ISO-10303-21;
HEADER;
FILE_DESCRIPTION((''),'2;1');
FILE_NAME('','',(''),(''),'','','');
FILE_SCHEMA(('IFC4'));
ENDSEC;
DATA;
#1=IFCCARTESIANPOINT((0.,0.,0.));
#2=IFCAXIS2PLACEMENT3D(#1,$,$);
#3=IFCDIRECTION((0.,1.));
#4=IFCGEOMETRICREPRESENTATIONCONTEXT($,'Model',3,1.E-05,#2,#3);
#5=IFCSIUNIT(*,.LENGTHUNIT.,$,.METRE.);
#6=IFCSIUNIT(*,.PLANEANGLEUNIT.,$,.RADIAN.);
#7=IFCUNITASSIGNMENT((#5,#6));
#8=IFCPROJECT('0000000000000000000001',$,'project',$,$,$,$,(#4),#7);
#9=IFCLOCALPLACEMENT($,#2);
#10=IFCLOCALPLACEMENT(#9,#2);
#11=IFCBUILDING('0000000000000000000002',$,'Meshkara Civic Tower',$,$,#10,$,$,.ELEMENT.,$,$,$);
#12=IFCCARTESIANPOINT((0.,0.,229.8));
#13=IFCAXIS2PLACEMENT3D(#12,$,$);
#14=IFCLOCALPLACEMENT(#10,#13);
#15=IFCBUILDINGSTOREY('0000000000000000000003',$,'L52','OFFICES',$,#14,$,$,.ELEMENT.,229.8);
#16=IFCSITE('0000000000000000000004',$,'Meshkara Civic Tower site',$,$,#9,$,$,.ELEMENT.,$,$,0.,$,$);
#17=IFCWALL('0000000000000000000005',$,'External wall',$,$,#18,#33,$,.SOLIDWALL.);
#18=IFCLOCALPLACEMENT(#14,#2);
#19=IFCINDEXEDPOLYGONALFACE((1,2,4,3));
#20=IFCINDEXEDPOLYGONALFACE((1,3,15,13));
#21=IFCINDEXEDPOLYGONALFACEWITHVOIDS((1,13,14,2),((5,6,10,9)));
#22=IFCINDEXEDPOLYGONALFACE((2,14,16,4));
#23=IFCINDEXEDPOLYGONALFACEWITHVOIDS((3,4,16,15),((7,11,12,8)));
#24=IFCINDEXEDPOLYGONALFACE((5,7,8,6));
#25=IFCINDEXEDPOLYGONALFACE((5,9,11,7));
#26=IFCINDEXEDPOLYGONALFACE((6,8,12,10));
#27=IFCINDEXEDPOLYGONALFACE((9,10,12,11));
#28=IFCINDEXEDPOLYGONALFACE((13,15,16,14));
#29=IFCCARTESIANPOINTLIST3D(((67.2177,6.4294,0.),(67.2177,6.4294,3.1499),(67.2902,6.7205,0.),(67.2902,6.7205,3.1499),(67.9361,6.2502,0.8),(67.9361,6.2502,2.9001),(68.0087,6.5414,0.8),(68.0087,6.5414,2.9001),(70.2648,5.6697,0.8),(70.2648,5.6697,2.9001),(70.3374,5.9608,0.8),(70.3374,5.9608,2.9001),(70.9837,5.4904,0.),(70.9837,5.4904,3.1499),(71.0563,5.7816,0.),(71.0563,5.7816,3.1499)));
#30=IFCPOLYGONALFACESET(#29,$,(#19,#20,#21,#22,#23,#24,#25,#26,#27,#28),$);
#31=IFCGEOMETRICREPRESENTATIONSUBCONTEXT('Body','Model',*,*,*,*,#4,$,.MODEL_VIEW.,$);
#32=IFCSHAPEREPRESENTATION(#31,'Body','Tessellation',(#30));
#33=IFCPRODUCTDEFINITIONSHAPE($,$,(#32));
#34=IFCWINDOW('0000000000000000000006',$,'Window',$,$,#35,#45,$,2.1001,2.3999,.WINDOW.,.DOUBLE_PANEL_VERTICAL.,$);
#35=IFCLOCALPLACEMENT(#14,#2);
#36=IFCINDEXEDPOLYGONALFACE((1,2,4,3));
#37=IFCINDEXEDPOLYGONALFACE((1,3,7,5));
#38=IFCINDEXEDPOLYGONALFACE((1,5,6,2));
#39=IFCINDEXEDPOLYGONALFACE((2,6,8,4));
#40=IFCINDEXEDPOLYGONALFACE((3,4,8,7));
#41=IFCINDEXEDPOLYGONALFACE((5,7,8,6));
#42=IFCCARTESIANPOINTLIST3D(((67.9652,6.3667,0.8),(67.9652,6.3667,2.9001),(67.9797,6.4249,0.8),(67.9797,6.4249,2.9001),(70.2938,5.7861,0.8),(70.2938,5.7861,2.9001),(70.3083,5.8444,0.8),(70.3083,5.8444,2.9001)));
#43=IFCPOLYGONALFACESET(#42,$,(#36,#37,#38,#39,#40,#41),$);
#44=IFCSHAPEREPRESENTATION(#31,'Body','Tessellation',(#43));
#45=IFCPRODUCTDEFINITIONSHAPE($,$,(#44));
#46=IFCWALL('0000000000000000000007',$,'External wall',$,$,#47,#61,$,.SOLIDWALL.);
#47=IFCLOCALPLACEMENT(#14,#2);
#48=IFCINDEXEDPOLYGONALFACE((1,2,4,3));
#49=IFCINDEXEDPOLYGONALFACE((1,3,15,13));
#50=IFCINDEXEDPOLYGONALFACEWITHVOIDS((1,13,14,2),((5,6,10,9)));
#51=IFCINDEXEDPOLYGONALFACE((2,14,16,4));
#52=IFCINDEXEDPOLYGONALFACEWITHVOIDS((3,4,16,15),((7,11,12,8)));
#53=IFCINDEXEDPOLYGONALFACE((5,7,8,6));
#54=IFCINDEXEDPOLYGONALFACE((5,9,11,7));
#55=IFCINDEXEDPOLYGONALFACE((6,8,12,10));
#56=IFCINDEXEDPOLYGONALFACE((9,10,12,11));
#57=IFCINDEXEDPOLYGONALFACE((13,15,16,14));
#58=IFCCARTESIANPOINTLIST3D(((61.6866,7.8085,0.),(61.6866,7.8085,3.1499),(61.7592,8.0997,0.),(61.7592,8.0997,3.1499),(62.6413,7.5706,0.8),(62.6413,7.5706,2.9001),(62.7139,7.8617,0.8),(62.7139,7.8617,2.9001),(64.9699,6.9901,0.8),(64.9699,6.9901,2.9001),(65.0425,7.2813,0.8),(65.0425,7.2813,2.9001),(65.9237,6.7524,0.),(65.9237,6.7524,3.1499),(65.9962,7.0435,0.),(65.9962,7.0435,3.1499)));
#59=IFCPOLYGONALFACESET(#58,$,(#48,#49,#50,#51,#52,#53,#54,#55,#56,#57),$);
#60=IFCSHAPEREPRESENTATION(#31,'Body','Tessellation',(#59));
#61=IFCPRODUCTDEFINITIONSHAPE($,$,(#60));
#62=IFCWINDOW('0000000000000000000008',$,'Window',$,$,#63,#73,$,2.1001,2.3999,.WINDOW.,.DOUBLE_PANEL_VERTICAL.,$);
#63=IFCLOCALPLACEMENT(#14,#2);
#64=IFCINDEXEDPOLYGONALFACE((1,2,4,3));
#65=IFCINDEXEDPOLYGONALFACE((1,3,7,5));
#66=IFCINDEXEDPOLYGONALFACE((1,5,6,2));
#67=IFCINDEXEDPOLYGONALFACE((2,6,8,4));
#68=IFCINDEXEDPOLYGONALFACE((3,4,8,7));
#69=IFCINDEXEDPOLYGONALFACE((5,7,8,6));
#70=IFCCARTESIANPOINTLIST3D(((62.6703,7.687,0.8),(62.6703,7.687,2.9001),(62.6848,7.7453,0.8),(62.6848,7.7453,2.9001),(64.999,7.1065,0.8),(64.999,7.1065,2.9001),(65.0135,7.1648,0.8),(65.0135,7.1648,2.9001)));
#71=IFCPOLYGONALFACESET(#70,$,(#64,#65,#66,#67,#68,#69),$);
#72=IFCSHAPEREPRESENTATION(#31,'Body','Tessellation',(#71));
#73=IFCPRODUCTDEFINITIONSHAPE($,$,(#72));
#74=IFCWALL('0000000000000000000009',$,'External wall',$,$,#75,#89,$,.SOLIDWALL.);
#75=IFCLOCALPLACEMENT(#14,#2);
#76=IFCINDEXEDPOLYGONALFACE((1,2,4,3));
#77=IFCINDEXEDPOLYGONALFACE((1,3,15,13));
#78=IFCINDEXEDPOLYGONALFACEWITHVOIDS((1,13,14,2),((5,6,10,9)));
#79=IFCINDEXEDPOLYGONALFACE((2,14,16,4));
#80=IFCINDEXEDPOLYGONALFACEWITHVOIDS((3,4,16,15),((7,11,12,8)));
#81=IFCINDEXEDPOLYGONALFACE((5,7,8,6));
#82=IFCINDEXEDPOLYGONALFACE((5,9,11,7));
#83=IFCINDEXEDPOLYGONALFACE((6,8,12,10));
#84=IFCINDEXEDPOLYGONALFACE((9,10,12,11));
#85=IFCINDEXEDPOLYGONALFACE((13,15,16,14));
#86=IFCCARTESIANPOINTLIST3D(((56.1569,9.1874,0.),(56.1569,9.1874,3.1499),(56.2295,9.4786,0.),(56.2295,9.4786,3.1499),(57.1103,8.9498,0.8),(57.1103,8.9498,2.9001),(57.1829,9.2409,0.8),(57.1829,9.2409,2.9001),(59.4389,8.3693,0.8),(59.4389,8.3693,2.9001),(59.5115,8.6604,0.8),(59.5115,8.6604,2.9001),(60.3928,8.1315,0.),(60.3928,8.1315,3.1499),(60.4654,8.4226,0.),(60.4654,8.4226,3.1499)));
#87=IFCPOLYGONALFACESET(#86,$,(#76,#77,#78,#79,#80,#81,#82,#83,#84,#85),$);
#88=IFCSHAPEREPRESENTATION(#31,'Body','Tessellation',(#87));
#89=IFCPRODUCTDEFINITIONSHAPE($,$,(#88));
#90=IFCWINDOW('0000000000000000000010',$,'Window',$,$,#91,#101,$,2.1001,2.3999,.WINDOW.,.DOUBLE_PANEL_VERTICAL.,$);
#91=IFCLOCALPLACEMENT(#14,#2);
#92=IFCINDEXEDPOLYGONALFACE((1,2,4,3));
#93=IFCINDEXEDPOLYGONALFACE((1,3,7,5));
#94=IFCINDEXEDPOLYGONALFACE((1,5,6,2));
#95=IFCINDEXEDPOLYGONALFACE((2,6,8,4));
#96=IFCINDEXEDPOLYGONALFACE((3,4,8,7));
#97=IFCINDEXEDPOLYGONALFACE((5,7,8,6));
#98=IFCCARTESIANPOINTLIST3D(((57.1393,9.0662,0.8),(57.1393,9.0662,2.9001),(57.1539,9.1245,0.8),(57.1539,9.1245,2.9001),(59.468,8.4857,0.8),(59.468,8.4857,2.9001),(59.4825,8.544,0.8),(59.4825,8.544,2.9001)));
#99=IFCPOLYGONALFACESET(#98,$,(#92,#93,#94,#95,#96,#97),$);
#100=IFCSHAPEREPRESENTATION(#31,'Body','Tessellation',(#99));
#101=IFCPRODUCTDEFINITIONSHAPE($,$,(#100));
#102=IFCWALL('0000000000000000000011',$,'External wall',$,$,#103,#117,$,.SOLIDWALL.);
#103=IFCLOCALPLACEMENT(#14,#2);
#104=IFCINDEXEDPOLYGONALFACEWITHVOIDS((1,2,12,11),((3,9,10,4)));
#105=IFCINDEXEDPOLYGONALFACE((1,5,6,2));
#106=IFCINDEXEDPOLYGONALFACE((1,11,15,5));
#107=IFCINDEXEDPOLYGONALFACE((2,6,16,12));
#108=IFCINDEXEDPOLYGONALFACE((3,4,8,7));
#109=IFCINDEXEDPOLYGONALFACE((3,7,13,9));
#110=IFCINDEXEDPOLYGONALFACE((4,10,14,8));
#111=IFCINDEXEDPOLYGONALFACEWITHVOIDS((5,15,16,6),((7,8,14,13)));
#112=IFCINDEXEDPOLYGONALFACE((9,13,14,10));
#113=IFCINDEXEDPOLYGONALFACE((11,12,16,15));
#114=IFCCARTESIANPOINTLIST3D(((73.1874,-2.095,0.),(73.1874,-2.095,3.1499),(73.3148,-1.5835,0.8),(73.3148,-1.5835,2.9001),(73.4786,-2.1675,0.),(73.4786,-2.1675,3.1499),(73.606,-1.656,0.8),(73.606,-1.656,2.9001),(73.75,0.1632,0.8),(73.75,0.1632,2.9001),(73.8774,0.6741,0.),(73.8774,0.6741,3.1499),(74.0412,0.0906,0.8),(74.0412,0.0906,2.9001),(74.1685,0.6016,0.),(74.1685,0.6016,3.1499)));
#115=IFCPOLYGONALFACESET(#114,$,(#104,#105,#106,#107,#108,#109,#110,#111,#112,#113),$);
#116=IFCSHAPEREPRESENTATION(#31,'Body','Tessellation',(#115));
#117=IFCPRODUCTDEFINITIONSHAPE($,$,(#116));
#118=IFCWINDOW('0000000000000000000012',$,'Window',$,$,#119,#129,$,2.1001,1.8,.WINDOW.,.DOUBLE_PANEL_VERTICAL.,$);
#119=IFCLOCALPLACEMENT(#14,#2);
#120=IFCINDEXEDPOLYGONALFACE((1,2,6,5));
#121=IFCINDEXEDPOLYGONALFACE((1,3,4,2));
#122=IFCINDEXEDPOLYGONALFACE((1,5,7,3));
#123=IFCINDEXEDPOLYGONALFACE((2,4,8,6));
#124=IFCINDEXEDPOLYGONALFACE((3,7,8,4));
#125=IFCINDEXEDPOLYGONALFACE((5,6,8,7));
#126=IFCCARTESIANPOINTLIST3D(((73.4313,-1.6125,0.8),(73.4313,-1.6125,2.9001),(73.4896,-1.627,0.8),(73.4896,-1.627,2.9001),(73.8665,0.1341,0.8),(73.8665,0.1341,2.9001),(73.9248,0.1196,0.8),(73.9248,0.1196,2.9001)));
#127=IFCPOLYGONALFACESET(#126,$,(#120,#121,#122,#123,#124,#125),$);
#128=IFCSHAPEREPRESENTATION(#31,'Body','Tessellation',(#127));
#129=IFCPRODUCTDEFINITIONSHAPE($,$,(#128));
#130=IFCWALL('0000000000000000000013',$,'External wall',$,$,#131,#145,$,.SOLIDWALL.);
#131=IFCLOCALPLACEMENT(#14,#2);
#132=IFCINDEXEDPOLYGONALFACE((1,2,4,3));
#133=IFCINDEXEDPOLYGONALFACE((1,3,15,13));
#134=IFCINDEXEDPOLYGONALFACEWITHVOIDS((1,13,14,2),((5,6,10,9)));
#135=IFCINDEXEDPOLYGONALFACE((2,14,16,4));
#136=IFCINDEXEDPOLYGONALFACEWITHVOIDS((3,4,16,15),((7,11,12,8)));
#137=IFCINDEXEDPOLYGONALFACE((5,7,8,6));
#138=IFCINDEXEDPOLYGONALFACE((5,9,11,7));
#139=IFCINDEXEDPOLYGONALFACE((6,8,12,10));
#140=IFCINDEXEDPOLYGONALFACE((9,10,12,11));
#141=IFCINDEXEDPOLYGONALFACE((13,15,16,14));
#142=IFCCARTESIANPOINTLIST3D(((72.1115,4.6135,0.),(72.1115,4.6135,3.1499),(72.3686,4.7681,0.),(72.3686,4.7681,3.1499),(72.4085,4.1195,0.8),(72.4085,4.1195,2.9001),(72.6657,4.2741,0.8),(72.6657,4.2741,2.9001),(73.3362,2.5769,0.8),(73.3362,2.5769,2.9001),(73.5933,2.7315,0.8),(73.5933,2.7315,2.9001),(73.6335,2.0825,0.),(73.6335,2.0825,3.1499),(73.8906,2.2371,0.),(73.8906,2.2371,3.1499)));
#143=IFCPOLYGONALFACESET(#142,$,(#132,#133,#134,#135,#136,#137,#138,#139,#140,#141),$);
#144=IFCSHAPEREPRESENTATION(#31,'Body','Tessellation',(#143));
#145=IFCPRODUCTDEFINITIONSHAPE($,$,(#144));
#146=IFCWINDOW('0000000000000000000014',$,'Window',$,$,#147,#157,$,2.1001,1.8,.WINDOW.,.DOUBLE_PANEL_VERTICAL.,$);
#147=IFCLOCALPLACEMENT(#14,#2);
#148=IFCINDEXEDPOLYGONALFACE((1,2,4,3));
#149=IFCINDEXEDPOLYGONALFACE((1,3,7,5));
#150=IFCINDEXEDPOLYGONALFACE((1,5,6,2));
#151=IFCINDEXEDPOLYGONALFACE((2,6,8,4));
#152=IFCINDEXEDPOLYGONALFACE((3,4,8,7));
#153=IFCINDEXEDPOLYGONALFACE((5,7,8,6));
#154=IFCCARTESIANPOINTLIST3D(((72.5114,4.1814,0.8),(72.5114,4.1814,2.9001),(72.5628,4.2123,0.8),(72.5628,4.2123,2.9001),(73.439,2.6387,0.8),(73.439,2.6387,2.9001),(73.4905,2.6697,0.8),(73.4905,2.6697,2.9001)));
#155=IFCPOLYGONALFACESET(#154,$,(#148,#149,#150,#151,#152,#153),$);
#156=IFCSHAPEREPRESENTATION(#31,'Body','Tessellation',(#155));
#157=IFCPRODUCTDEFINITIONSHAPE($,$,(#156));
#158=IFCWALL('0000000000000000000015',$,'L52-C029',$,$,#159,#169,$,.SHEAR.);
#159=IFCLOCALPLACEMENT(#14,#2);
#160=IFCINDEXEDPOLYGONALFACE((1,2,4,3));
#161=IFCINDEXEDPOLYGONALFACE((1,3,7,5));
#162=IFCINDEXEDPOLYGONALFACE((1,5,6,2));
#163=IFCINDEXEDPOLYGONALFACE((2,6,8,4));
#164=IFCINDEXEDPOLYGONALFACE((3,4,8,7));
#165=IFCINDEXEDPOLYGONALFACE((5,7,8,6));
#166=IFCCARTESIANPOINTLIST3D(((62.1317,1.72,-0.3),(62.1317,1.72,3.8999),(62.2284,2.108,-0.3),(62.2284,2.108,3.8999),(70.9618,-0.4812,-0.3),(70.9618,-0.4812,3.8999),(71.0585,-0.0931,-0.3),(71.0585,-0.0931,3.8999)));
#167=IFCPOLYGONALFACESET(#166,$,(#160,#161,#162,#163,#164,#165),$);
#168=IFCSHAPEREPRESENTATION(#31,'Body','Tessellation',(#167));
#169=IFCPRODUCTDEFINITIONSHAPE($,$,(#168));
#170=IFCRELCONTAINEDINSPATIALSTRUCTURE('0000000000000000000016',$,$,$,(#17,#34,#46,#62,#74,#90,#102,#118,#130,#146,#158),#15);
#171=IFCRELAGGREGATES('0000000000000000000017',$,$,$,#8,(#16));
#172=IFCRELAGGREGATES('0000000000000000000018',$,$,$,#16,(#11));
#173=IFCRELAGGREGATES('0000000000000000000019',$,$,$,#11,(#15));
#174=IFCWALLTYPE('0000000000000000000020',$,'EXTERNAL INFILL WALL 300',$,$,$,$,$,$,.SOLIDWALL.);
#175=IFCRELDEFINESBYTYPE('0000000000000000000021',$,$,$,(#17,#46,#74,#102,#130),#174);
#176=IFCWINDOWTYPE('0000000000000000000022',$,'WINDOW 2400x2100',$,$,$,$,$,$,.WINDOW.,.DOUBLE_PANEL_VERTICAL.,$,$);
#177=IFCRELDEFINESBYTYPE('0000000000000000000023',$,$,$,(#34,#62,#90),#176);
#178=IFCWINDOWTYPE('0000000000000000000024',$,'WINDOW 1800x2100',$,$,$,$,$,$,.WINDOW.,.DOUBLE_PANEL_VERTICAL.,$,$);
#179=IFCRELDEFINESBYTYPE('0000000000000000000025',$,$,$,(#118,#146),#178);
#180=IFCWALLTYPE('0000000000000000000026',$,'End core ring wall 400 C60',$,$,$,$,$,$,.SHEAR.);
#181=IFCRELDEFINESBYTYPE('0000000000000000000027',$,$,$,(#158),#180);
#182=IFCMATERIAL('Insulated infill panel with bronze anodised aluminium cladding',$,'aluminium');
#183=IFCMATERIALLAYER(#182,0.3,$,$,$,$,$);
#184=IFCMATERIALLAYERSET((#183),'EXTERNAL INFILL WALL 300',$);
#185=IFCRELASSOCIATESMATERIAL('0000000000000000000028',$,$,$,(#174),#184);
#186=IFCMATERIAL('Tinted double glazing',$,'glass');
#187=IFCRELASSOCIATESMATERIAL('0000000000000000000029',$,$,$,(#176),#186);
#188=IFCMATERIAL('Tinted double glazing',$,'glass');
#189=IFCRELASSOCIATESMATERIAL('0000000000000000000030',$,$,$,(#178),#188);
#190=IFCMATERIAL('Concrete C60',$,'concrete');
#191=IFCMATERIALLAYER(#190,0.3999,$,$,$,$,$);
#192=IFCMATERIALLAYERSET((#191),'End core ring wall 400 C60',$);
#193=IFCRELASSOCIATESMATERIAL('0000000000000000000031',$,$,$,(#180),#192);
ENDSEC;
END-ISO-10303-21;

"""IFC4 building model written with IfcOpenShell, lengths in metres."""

from ifc_helpers import new_model, si_unit, direction, frame, frame_2d, origin, place, context, subcontext, project, spatial, rectangle, extrude, material, layer, layer_set, type_object, element, fill, save


model = new_model("IFC4")

# Units and contexts
model_context = context("Model", 3, precision=1e-05, world=origin(), true_north=direction((0.0, 1.0)))
body_context = subcontext(model_context, "Body", "Model", "MODEL_VIEW")
ifc_project = project(units=[si_unit("LENGTHUNIT", "METRE"), si_unit("PLANEANGLEUNIT", "RADIAN")], contexts=[model_context])

# Site, building, storey
site_placement = place(None, origin())
site = spatial("IfcSite", under=ifc_project, at=site_placement, Name="Meshkara Civic Tower site", CompositionType="ELEMENT", RefElevation=0.0)
building_placement = place(site_placement, origin())
building = spatial("IfcBuilding", under=site, at=building_placement, Name="Meshkara Civic Tower", CompositionType="ELEMENT")
storey_placement = place(building_placement, frame((0.0, 0.0, 229.8)))
storey = spatial("IfcBuildingStorey", under=building, at=storey_placement, Name="L52", Description="OFFICES", CompositionType="ELEMENT", Elevation=229.8)

# Walls, openings, windows
ifc_material_1 = material(Name="Insulated infill panel with bronze anodised aluminium cladding", Category="aluminium")
ifc_layer_1 = layer(ifc_material_1, 0.3)
ifc_layer_set_1 = layer_set([ifc_layer_1], Name="EXTERNAL INFILL WALL 300")
wall_type_1 = type_object("IfcWallType", Name="EXTERNAL INFILL WALL 300", PredefinedType="SOLIDWALL", material=ifc_layer_set_1)
wall_1_placement = place(storey_placement, frame((71.02, 5.636, 0.0), z_axis=(0.0, 0.0, 1.0), x_axis=(-0.970298, 0.241914, 0.0)))
wall_1 = element("IfcWall", 1, at=wall_1_placement, inside=storey, type_object=wall_type_1, Name="External wall", PredefinedType="SOLIDWALL", context=body_context, shape_type="SweptSolid", body=[
    extrude(rectangle(XDim=3.8813, YDim=0.3, at=frame_2d((1.9407, 0.0))), origin(), (0.0, 0.0, 1.0), 3.1499),
])
opening_1_placement = place(wall_1_placement, frame((0.741, 0.0, 0.8)))
opening_1 = element("IfcOpeningElement", 2, at=opening_1_placement, cuts=wall_1, PredefinedType="OPENING", context=body_context, shape_type="SweptSolid", body=[
    extrude(rectangle(XDim=2.3999, YDim=2.1001, at=frame_2d((1.2, 1.05))), frame((0.0, 0.1599, 0.0), z_axis=(0.0, -1.0, 0.0), x_axis=(1.0, 0.0, 0.0)), (0.0, 0.0, 1.0), 0.3201),
])
ifc_material_2 = material(Name="Tinted double glazing", Category="glass")
window_type_1 = type_object("IfcWindowType", Name="WINDOW 2400x2100", PartitioningType="DOUBLE_PANEL_VERTICAL", PredefinedType="WINDOW", material=ifc_material_2)
window_1_placement = place(opening_1_placement, origin())
window_1 = element("IfcWindow", 3, at=window_1_placement, inside=storey, type_object=window_type_1, Name="Window", OverallHeight=2.1001, OverallWidth=2.3999, PartitioningType="DOUBLE_PANEL_VERTICAL", PredefinedType="WINDOW", context=body_context, shape_type="SweptSolid", body=[
    extrude(rectangle(XDim=2.3999, YDim=2.1001, at=frame_2d((1.2, 1.05))), frame((0.0, 0.03, 0.0), z_axis=(0.0, -1.0, 0.0), x_axis=(1.0, 0.0, 0.0)), (0.0, 0.0, 1.0), 0.0601),
])
fill(opening_1, window_1)
wall_2_placement = place(storey_placement, frame((65.96, 6.8979, 0.0), z_axis=(0.0, 0.0, 1.0), x_axis=(-0.97031, 0.241865, 0.0)))
wall_2 = element("IfcWall", 4, at=wall_2_placement, inside=storey, type_object=wall_type_1, Name="External wall", PredefinedType="SOLIDWALL", context=body_context, shape_type="SweptSolid", body=[
    extrude(rectangle(XDim=4.3667, YDim=0.3, at=frame_2d((2.1833, 0.0))), origin(), (0.0, 0.0, 1.0), 3.1499),
])
opening_2_placement = place(wall_2_placement, frame((0.9829, 0.0, 0.8)))
opening_2 = element("IfcOpeningElement", 5, at=opening_2_placement, cuts=wall_2, PredefinedType="OPENING", context=body_context, shape_type="SweptSolid", body=[
    extrude(rectangle(XDim=2.3999, YDim=2.1001, at=frame_2d((1.2, 1.05))), frame((0.0, 0.1599, 0.0), z_axis=(0.0, -1.0, 0.0), x_axis=(1.0, 0.0, 0.0)), (0.0, 0.0, 1.0), 0.3201),
])
window_2_placement = place(opening_2_placement, origin())
window_2 = element("IfcWindow", 6, at=window_2_placement, inside=storey, type_object=window_type_1, Name="Window", OverallHeight=2.1001, OverallWidth=2.3999, PartitioningType="DOUBLE_PANEL_VERTICAL", PredefinedType="WINDOW", context=body_context, shape_type="SweptSolid", body=[
    extrude(rectangle(XDim=2.3999, YDim=2.1001, at=frame_2d((1.2, 1.05))), frame((0.0, 0.03, 0.0), z_axis=(0.0, -1.0, 0.0), x_axis=(1.0, 0.0, 0.0)), (0.0, 0.0, 1.0), 0.0601),
])
fill(opening_2, window_2)
wall_3_placement = place(storey_placement, frame((60.429, 8.2771, 0.0), z_axis=(0.0, 0.0, 1.0), x_axis=(-0.970307, 0.241878, 0.0)))
wall_3 = element("IfcWall", 7, at=wall_3_placement, inside=storey, type_object=wall_type_1, Name="External wall", PredefinedType="SOLIDWALL", context=body_context, shape_type="SweptSolid", body=[
    extrude(rectangle(XDim=4.3655, YDim=0.3, at=frame_2d((2.1826, 0.0))), origin(), (0.0, 0.0, 1.0), 3.1499),
])
opening_3_placement = place(wall_3_placement, frame((0.9829, 0.0, 0.8)))
opening_3 = element("IfcOpeningElement", 8, at=opening_3_placement, cuts=wall_3, PredefinedType="OPENING", context=body_context, shape_type="SweptSolid", body=[
    extrude(rectangle(XDim=2.3999, YDim=2.1001, at=frame_2d((1.2, 1.05))), frame((0.0, 0.1599, 0.0), z_axis=(0.0, -1.0, 0.0), x_axis=(1.0, 0.0, 0.0)), (0.0, 0.0, 1.0), 0.3201),
])
window_3_placement = place(opening_3_placement, origin())
window_3 = element("IfcWindow", 9, at=window_3_placement, inside=storey, type_object=window_type_1, Name="Window", OverallHeight=2.1001, OverallWidth=2.3999, PartitioningType="DOUBLE_PANEL_VERTICAL", PredefinedType="WINDOW", context=body_context, shape_type="SweptSolid", body=[
    extrude(rectangle(XDim=2.3999, YDim=2.1001, at=frame_2d((1.2, 1.05))), frame((0.0, 0.03, 0.0), z_axis=(0.0, -1.0, 0.0), x_axis=(1.0, 0.0, 0.0)), (0.0, 0.0, 1.0), 0.0601),
])
fill(opening_3, window_3)
wall_4_placement = place(storey_placement, frame((73.333, -2.1311, 0.0), z_axis=(0.0, 0.0, 1.0), x_axis=(0.241771, 0.970333, 0.0)))
wall_4 = element("IfcWall", 10, at=wall_4_placement, inside=storey, type_object=wall_type_1, Name="External wall", PredefinedType="SOLIDWALL", context=body_context, shape_type="SweptSolid", body=[
    extrude(rectangle(XDim=2.8538, YDim=0.3, at=frame_2d((1.4268, 0.0))), origin(), (0.0, 0.0, 1.0), 3.1499),
])
opening_4_placement = place(wall_4_placement, frame((0.5271, 0.0, 0.8)))
opening_4 = element("IfcOpeningElement", 11, at=opening_4_placement, cuts=wall_4, PredefinedType="OPENING", context=body_context, shape_type="SweptSolid", body=[
    extrude(rectangle(XDim=1.8, YDim=2.1001, at=frame_2d((0.8999, 1.05))), frame((0.0, 0.1599, 0.0), z_axis=(0.0, -1.0, 0.0), x_axis=(1.0, 0.0, 0.0)), (0.0, 0.0, 1.0), 0.3201),
])
ifc_material_3 = material(Name="Tinted double glazing", Category="glass")
window_type_2 = type_object("IfcWindowType", Name="WINDOW 1800x2100", PartitioningType="DOUBLE_PANEL_VERTICAL", PredefinedType="WINDOW", material=ifc_material_3)
window_4_placement = place(opening_4_placement, origin())
window_4 = element("IfcWindow", 12, at=window_4_placement, inside=storey, type_object=window_type_2, Name="Window", OverallHeight=2.1001, OverallWidth=1.8, PartitioningType="DOUBLE_PANEL_VERTICAL", PredefinedType="WINDOW", context=body_context, shape_type="SweptSolid", body=[
    extrude(rectangle(XDim=1.8, YDim=2.1001, at=frame_2d((0.8999, 1.05))), frame((0.0, 0.03, 0.0), z_axis=(0.0, -1.0, 0.0), x_axis=(1.0, 0.0, 0.0)), (0.0, 0.0, 1.0), 0.0601),
])
fill(opening_4, window_4)
wall_5_placement = place(storey_placement, frame((73.762, 2.1599, 0.0), z_axis=(0.0, 0.0, 1.0), x_axis=(-0.515334, 0.856989, 0.0)))
wall_5 = element("IfcWall", 13, at=wall_5_placement, inside=storey, type_object=wall_type_1, Name="External wall", PredefinedType="SOLIDWALL", context=body_context, shape_type="SweptSolid", body=[
    extrude(rectangle(XDim=2.9534, YDim=0.3, at=frame_2d((1.4766, 0.0))), origin(), (0.0, 0.0, 1.0), 3.1499),
])
opening_5_placement = place(wall_5_placement, frame((0.5769, 0.0, 0.8)))
opening_5 = element("IfcOpeningElement", 14, at=opening_5_placement, cuts=wall_5, PredefinedType="OPENING", context=body_context, shape_type="SweptSolid", body=[
    extrude(rectangle(XDim=1.8, YDim=2.1001, at=frame_2d((0.8999, 1.05))), frame((0.0, 0.1599, 0.0), z_axis=(0.0, -1.0, 0.0), x_axis=(1.0, 0.0, 0.0)), (0.0, 0.0, 1.0), 0.3201),
])
window_5_placement = place(opening_5_placement, origin())
window_5 = element("IfcWindow", 15, at=window_5_placement, inside=storey, type_object=window_type_2, Name="Window", OverallHeight=2.1001, OverallWidth=1.8, PartitioningType="DOUBLE_PANEL_VERTICAL", PredefinedType="WINDOW", context=body_context, shape_type="SweptSolid", body=[
    extrude(rectangle(XDim=1.8, YDim=2.1001, at=frame_2d((0.8999, 1.05))), frame((0.0, 0.03, 0.0), z_axis=(0.0, -1.0, 0.0), x_axis=(1.0, 0.0, 0.0)), (0.0, 0.0, 1.0), 0.0601),
])
fill(opening_5, window_5)

# Wall
ifc_material_4 = material(Name="Concrete C60", Category="concrete")
ifc_layer_2 = layer(ifc_material_4, 0.3999)
ifc_layer_set_2 = layer_set([ifc_layer_2], Name="End core ring wall 400 C60")
wall_type_2 = type_object("IfcWallType", Name="End core ring wall 400 C60", PredefinedType="SHEAR", material=ifc_layer_set_2)
wall_6_placement = place(storey_placement, frame((62.1799, 1.9141, -0.3), z_axis=(0.0, 0.0, 1.0), x_axis=(0.970306, -0.241879, 0.0)))
element("IfcWall", 16, at=wall_6_placement, inside=storey, type_object=wall_type_2, Name="L52-C029", PredefinedType="SHEAR", context=body_context, shape_type="SweptSolid", body=[
    extrude(rectangle(XDim=9.1003, YDim=0.3999, at=frame_2d((4.5503, 0.0))), origin(), (0.0, 0.0, 1.0), 4.2),
])

save(model, "model.ifc")
